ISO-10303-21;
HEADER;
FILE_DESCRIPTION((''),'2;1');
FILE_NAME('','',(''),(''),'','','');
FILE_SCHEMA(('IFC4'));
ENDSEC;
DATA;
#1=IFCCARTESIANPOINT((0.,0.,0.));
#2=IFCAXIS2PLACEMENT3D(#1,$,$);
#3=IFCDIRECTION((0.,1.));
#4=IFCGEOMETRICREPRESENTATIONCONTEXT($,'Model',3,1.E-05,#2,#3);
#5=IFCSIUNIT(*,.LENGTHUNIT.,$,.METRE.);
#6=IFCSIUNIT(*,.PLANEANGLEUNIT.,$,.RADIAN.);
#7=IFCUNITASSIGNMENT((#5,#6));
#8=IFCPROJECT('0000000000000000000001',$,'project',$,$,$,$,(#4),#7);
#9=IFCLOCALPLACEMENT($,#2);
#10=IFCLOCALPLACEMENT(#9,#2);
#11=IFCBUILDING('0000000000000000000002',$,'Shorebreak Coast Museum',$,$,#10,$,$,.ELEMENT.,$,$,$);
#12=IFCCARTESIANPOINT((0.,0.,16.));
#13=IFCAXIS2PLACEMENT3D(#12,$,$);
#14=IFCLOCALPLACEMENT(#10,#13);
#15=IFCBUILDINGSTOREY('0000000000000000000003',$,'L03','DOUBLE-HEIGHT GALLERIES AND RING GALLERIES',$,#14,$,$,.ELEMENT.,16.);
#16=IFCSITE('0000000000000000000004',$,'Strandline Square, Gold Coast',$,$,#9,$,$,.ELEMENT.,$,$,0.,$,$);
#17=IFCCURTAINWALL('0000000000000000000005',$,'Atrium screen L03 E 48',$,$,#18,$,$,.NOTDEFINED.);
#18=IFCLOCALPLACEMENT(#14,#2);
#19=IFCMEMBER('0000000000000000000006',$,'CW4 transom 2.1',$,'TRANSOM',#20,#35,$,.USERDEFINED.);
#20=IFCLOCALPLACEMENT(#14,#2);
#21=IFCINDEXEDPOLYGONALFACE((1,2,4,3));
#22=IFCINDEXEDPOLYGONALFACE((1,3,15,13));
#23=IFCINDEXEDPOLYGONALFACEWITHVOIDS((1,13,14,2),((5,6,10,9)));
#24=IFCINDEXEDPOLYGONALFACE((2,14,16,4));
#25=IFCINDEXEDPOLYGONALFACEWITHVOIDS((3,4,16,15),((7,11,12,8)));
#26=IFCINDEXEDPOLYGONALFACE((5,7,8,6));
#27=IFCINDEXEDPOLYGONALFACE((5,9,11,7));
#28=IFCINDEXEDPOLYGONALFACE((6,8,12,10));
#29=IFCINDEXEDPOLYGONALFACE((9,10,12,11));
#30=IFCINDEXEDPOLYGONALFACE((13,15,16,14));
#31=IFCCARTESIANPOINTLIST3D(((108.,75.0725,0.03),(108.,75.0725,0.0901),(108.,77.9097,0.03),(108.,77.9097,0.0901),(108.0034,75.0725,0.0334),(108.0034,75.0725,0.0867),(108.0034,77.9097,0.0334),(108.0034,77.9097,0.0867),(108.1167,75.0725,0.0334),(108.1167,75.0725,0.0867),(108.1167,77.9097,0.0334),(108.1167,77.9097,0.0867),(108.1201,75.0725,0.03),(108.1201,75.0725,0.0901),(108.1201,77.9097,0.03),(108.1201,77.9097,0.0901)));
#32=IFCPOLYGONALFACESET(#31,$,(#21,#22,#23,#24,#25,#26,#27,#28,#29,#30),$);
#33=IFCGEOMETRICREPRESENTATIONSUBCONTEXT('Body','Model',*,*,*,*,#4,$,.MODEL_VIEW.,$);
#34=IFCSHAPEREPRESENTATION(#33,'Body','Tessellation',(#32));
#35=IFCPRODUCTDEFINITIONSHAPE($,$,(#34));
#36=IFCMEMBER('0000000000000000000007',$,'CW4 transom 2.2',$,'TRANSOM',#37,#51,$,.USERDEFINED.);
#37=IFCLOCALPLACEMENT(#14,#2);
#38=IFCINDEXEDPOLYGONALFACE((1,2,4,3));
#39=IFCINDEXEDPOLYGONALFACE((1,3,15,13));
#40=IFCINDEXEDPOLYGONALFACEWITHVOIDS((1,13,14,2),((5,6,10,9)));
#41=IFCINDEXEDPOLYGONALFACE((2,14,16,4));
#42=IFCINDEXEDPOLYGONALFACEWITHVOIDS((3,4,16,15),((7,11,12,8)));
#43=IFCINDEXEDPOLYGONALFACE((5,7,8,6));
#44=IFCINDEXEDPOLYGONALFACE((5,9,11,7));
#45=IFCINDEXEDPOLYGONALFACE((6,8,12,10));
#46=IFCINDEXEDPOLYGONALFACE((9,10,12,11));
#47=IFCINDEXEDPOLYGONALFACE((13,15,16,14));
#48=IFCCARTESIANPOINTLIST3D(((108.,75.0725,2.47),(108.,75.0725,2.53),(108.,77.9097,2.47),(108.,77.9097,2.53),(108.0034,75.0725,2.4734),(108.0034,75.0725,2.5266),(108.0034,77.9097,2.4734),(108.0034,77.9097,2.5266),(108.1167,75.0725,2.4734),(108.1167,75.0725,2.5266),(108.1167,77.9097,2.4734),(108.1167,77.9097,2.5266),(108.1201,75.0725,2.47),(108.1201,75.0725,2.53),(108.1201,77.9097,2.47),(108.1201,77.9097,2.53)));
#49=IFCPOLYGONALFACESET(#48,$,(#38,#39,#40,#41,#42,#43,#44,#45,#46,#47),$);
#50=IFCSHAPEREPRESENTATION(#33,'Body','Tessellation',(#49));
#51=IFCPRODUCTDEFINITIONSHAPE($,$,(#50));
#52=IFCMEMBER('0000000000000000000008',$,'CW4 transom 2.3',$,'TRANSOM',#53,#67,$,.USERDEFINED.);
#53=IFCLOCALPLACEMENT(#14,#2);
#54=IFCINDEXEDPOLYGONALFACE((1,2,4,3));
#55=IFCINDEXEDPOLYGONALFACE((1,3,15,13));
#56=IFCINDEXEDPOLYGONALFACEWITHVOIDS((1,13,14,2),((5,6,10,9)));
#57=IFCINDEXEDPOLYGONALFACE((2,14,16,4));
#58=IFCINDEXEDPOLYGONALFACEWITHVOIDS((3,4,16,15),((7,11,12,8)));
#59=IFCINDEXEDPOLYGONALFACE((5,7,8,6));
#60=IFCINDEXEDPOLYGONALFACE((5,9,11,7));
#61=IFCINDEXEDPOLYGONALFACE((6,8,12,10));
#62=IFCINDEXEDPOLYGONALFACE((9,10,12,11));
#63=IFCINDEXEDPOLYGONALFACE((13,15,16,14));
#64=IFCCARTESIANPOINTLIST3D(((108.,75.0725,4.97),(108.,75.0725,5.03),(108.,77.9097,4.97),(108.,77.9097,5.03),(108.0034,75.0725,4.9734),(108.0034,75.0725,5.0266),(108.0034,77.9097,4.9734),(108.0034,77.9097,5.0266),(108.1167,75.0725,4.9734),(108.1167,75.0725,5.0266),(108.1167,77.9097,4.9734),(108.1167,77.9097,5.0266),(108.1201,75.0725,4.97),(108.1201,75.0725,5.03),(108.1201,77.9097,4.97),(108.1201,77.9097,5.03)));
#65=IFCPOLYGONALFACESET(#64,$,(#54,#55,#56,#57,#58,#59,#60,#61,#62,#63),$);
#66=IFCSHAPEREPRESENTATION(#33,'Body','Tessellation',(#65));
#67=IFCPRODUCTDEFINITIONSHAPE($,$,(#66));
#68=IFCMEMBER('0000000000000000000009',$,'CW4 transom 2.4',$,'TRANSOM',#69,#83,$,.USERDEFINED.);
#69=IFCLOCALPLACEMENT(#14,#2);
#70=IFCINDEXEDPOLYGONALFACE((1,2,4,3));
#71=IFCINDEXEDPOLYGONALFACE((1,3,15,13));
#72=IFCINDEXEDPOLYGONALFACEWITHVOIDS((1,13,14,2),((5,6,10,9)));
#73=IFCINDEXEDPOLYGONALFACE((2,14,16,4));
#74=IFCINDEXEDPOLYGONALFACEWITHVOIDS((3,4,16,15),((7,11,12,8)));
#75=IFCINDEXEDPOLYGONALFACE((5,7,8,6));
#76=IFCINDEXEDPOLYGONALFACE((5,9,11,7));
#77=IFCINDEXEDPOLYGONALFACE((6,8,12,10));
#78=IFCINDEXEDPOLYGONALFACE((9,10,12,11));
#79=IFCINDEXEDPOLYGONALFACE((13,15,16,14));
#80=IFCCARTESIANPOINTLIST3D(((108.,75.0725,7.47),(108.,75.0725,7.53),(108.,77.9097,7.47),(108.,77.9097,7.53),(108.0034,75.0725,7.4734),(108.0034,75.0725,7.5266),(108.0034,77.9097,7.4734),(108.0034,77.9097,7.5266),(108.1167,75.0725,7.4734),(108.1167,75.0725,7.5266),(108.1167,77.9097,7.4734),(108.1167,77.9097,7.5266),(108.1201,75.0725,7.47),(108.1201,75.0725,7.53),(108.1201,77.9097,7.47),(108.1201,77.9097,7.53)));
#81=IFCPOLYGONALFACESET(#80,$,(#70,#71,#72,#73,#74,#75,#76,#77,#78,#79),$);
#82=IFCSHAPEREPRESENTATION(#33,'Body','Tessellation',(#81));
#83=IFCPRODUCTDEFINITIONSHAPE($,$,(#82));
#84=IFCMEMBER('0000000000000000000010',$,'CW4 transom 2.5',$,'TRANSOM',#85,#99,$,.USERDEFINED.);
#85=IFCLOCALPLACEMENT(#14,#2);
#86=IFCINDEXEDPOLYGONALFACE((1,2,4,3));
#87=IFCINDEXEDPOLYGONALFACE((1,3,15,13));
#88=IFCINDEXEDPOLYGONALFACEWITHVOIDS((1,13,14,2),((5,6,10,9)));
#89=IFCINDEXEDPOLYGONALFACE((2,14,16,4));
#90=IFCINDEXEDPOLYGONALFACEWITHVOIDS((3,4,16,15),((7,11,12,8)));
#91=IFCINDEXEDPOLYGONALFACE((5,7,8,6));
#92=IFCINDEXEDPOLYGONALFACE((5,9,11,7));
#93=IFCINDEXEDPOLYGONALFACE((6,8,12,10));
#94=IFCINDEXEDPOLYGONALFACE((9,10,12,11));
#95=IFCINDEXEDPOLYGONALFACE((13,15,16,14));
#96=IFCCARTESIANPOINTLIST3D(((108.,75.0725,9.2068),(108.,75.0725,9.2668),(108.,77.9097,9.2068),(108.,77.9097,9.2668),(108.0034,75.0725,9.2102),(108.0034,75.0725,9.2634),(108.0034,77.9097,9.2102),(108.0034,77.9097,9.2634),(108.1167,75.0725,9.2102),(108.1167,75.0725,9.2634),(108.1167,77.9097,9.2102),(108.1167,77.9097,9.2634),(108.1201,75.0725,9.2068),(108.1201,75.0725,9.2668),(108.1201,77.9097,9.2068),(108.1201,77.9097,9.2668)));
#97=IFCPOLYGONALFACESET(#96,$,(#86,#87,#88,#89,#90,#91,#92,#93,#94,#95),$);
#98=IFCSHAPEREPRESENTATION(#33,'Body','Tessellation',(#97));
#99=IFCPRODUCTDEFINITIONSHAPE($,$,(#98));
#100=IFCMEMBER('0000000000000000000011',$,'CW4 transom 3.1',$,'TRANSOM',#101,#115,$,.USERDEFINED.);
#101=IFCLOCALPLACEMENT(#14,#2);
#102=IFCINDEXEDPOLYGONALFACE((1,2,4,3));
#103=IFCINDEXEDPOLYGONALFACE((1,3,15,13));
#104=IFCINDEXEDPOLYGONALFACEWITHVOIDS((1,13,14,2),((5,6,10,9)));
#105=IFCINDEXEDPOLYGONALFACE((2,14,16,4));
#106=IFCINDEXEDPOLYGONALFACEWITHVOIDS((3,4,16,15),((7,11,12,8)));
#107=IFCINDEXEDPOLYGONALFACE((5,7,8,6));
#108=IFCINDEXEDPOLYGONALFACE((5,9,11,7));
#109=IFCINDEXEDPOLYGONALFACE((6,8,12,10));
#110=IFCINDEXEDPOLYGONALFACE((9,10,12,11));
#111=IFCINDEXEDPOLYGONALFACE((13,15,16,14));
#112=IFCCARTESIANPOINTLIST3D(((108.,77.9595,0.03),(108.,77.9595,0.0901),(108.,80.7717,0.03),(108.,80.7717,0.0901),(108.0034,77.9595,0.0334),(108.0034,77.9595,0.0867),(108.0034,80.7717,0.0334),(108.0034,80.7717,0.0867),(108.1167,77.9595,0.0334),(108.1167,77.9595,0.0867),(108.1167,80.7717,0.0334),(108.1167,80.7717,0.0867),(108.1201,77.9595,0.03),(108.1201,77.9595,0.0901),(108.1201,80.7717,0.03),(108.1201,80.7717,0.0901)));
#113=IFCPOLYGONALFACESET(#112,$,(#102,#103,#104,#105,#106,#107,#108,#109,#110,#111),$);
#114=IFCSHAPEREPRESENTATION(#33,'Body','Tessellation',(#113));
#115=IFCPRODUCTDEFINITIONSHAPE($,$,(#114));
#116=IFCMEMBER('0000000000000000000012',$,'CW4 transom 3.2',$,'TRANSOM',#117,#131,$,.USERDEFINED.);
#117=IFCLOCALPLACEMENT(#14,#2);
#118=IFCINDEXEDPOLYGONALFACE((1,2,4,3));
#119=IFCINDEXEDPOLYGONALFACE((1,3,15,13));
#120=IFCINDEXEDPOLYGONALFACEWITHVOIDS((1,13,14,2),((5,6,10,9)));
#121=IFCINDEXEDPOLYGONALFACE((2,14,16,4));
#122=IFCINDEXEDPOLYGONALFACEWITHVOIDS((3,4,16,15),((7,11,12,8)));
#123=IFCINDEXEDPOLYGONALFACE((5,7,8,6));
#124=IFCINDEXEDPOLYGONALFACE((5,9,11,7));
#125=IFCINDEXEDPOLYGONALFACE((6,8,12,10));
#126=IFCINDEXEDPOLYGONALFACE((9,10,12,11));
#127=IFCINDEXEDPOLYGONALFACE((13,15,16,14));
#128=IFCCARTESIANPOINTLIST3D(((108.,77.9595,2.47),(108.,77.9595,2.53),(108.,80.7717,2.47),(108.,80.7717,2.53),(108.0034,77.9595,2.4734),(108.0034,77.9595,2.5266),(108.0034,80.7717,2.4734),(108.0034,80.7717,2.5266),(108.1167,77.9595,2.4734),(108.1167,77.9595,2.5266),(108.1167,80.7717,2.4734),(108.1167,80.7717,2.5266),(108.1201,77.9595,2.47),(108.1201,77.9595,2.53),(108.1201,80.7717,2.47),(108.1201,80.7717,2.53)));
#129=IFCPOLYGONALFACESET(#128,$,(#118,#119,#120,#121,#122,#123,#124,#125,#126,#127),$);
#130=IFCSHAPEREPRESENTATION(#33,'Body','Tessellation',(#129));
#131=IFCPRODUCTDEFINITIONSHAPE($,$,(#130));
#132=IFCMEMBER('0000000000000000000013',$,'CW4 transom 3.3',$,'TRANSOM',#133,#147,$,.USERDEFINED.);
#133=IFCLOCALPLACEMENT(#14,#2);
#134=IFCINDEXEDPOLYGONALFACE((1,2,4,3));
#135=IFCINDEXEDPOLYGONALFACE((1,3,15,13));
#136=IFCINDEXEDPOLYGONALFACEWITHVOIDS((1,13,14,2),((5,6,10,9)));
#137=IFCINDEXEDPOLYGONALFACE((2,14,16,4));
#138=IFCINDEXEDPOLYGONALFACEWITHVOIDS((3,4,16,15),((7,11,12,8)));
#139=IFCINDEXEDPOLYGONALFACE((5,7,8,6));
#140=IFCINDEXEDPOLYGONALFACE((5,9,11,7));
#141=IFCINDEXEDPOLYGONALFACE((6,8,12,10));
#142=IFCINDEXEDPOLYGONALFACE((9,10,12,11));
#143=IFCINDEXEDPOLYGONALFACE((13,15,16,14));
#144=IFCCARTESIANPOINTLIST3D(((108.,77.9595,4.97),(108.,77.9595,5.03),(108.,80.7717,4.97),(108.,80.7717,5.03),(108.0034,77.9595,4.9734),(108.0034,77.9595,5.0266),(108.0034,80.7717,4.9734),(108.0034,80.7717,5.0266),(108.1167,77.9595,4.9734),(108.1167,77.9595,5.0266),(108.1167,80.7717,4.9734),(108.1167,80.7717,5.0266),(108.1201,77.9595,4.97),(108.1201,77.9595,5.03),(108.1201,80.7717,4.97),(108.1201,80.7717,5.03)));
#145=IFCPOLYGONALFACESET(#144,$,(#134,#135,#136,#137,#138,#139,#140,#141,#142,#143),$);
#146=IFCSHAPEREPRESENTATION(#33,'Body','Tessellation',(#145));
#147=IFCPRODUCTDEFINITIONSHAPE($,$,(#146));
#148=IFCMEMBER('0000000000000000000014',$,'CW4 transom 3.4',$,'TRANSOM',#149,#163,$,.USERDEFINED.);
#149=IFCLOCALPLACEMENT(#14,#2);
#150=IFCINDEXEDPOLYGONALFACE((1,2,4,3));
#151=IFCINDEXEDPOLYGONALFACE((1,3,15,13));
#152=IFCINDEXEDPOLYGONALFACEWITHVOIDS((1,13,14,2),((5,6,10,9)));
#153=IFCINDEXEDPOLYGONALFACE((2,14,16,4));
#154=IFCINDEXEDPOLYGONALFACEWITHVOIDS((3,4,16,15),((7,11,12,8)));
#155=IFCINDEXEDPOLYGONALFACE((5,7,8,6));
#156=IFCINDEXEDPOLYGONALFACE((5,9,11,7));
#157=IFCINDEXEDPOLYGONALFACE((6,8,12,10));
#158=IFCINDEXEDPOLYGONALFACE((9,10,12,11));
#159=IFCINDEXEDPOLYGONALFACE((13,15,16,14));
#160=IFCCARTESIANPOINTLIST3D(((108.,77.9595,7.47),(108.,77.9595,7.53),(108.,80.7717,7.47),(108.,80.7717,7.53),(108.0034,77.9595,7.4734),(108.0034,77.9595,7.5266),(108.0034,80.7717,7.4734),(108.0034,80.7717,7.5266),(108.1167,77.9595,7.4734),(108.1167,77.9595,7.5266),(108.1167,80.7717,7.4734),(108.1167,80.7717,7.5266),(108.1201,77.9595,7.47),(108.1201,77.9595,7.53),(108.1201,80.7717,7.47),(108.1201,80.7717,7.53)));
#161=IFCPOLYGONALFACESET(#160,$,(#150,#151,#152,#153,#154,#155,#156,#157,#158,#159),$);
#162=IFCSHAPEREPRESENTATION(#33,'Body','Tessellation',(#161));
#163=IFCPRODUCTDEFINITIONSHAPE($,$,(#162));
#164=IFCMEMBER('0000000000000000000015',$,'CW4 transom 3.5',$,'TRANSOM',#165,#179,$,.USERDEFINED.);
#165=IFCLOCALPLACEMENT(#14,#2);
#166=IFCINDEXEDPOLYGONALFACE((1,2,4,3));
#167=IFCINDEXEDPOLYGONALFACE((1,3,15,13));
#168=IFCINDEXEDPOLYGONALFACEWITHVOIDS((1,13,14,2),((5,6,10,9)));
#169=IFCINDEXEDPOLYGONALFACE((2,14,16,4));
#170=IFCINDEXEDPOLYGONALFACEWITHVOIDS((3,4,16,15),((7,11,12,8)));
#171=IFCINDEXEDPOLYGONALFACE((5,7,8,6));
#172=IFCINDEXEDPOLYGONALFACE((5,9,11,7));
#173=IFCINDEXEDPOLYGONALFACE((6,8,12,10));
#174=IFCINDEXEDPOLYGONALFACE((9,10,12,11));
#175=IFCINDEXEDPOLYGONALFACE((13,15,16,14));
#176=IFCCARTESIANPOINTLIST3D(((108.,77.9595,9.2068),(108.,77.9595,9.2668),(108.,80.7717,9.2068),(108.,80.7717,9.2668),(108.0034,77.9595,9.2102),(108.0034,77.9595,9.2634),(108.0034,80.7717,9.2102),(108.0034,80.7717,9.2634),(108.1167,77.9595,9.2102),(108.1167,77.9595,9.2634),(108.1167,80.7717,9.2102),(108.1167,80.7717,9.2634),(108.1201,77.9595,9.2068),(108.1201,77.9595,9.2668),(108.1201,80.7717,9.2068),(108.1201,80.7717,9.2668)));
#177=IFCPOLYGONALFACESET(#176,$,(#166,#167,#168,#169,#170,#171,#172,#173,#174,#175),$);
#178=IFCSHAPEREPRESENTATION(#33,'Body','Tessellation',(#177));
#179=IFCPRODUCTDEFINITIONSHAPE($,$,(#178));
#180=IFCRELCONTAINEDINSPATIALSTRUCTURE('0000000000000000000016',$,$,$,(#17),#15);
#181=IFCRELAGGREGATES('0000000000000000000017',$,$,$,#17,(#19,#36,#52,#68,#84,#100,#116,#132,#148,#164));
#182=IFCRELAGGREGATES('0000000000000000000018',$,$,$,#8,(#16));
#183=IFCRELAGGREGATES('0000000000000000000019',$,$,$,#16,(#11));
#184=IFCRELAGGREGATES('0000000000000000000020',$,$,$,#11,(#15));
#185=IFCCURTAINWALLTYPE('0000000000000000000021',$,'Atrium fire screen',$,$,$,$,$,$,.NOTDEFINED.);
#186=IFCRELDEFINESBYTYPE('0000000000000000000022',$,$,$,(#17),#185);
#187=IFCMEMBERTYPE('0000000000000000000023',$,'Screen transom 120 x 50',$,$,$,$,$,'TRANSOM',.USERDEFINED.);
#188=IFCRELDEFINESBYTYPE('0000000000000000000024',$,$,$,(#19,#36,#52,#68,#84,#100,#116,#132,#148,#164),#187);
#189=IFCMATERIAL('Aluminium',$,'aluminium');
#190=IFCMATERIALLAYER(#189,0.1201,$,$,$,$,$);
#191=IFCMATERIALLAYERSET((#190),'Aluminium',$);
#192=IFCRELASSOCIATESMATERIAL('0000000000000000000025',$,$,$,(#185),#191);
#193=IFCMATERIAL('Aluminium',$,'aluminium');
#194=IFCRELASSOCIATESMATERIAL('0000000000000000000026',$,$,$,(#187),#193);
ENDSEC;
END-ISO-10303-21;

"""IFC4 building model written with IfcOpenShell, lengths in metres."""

from ifc_helpers import new_model, si_unit, direction, frame, origin, origin_2d, place, context, subcontext, project, spatial, hollow_rectangle, extrude, material, layer, layer_set, material_profile, profile_set, type_object, element, aggregate, save


model = new_model("IFC4")

# Units and contexts
model_context = context("Model", 3, precision=1e-05, world=origin(), true_north=direction((0.0, 1.0)))
body_context = subcontext(model_context, "Body", "Model", "MODEL_VIEW")
ifc_project = project(units=[si_unit("LENGTHUNIT", "METRE"), si_unit("PLANEANGLEUNIT", "RADIAN")], contexts=[model_context])

# Site, building, storey
site_placement = place(None, origin())
site = spatial("IfcSite", under=ifc_project, at=site_placement, Name="Strandline Square, Gold Coast", CompositionType="ELEMENT", RefElevation=0.0)
building_placement = place(site_placement, origin())
building = spatial("IfcBuilding", under=site, at=building_placement, Name="Shorebreak Coast Museum", CompositionType="ELEMENT")
storey_placement = place(building_placement, frame((0.0, 0.0, 16.0)))
storey = spatial("IfcBuildingStorey", under=building, at=storey_placement, Name="L03", Description="DOUBLE-HEIGHT GALLERIES AND RING GALLERIES", CompositionType="ELEMENT", Elevation=16.0)

# Curtain wall, members
ifc_material_1 = material(Name="Aluminium", Category="aluminium")
ifc_layer_1 = layer(ifc_material_1, 0.1201)
ifc_layer_set_1 = layer_set([ifc_layer_1], Name="Aluminium")
curtain_wall_type = type_object("IfcCurtainWallType", Name="Atrium fire screen", PredefinedType="NOTDEFINED", material=ifc_layer_set_1)
curtain_wall_placement = place(storey_placement, origin())
curtain_wall = element("IfcCurtainWall", 1, at=curtain_wall_placement, inside=storey, type_object=curtain_wall_type, Name="Atrium screen L03 E 48", PredefinedType="NOTDEFINED")
ifc_material_2 = material(Name="Aluminium", Category="aluminium")
ifc_material_profile_1 = material_profile(ifc_material_2, hollow_rectangle(XDim=0.1201, YDim=0.0601, WallThickness=0.0034, at=origin_2d()), Name="AL 60x120 RHS")
ifc_profile_set_1 = profile_set([ifc_material_profile_1], Name="Aluminium")
member_type_1 = type_object("IfcMemberType", Name="Screen transom 120 x 50", ElementType="TRANSOM", PredefinedType="USERDEFINED", material=ifc_profile_set_1)
member_1_placement = place(storey_placement, frame((108.0601, 75.0725, 0.0601), z_axis=(0.0, 1.0, 0.0), x_axis=(-1.0, 0.0, 0.0)))
member_1 = element("IfcMember", 2, at=member_1_placement, type_object=member_type_1, Name="CW4 transom 2.1", ObjectType="TRANSOM", PredefinedType="USERDEFINED", context=body_context, shape_type="SweptSolid", body=[
    extrude(hollow_rectangle(XDim=0.1201, YDim=0.0601, WallThickness=0.0034, at=origin_2d()), origin(), (0.0, 0.0, 1.0), 2.8372),
])
member_2_placement = place(storey_placement, frame((108.0601, 75.0725, 2.5), z_axis=(0.0, 1.0, 0.0), x_axis=(-1.0, 0.0, 0.0)))
member_2 = element("IfcMember", 3, at=member_2_placement, type_object=member_type_1, Name="CW4 transom 2.2", ObjectType="TRANSOM", PredefinedType="USERDEFINED", context=body_context, shape_type="SweptSolid", body=[
    extrude(hollow_rectangle(XDim=0.1201, YDim=0.0601, WallThickness=0.0034, at=origin_2d()), origin(), (0.0, 0.0, 1.0), 2.8372),
])
member_3_placement = place(storey_placement, frame((108.0601, 75.0725, 5.0), z_axis=(0.0, 1.0, 0.0), x_axis=(-1.0, 0.0, 0.0)))
member_3 = element("IfcMember", 4, at=member_3_placement, type_object=member_type_1, Name="CW4 transom 2.3", ObjectType="TRANSOM", PredefinedType="USERDEFINED", context=body_context, shape_type="SweptSolid", body=[
    extrude(hollow_rectangle(XDim=0.1201, YDim=0.0601, WallThickness=0.0034, at=origin_2d()), origin(), (0.0, 0.0, 1.0), 2.8372),
])
member_4_placement = place(storey_placement, frame((108.0601, 75.0725, 7.5), z_axis=(0.0, 1.0, 0.0), x_axis=(-1.0, 0.0, 0.0)))
member_4 = element("IfcMember", 5, at=member_4_placement, type_object=member_type_1, Name="CW4 transom 2.4", ObjectType="TRANSOM", PredefinedType="USERDEFINED", context=body_context, shape_type="SweptSolid", body=[
    extrude(hollow_rectangle(XDim=0.1201, YDim=0.0601, WallThickness=0.0034, at=origin_2d()), origin(), (0.0, 0.0, 1.0), 2.8372),
])
member_5_placement = place(storey_placement, frame((108.0601, 75.0725, 9.2368), z_axis=(0.0, 1.0, 0.0), x_axis=(-1.0, 0.0, 0.0)))
member_5 = element("IfcMember", 6, at=member_5_placement, type_object=member_type_1, Name="CW4 transom 2.5", ObjectType="TRANSOM", PredefinedType="USERDEFINED", context=body_context, shape_type="SweptSolid", body=[
    extrude(hollow_rectangle(XDim=0.1201, YDim=0.0601, WallThickness=0.0034, at=origin_2d()), origin(), (0.0, 0.0, 1.0), 2.8372),
])
member_6_placement = place(storey_placement, frame((108.0601, 77.9595, 0.0601), z_axis=(0.0, 1.0, 0.0), x_axis=(-1.0, 0.0, 0.0)))
member_6 = element("IfcMember", 7, at=member_6_placement, type_object=member_type_1, Name="CW4 transom 3.1", ObjectType="TRANSOM", PredefinedType="USERDEFINED", context=body_context, shape_type="SweptSolid", body=[
    extrude(hollow_rectangle(XDim=0.1201, YDim=0.0601, WallThickness=0.0034, at=origin_2d()), origin(), (0.0, 0.0, 1.0), 2.8123),
])
member_7_placement = place(storey_placement, frame((108.0601, 77.9595, 2.5), z_axis=(0.0, 1.0, 0.0), x_axis=(-1.0, 0.0, 0.0)))
member_7 = element("IfcMember", 8, at=member_7_placement, type_object=member_type_1, Name="CW4 transom 3.2", ObjectType="TRANSOM", PredefinedType="USERDEFINED", context=body_context, shape_type="SweptSolid", body=[
    extrude(hollow_rectangle(XDim=0.1201, YDim=0.0601, WallThickness=0.0034, at=origin_2d()), origin(), (0.0, 0.0, 1.0), 2.8123),
])
member_8_placement = place(storey_placement, frame((108.0601, 77.9595, 5.0), z_axis=(0.0, 1.0, 0.0), x_axis=(-1.0, 0.0, 0.0)))
member_8 = element("IfcMember", 9, at=member_8_placement, type_object=member_type_1, Name="CW4 transom 3.3", ObjectType="TRANSOM", PredefinedType="USERDEFINED", context=body_context, shape_type="SweptSolid", body=[
    extrude(hollow_rectangle(XDim=0.1201, YDim=0.0601, WallThickness=0.0034, at=origin_2d()), origin(), (0.0, 0.0, 1.0), 2.8123),
])
member_9_placement = place(storey_placement, frame((108.0601, 77.9595, 7.5), z_axis=(0.0, 1.0, 0.0), x_axis=(-1.0, 0.0, 0.0)))
member_9 = element("IfcMember", 10, at=member_9_placement, type_object=member_type_1, Name="CW4 transom 3.4", ObjectType="TRANSOM", PredefinedType="USERDEFINED", context=body_context, shape_type="SweptSolid", body=[
    extrude(hollow_rectangle(XDim=0.1201, YDim=0.0601, WallThickness=0.0034, at=origin_2d()), origin(), (0.0, 0.0, 1.0), 2.8123),
])
member_10_placement = place(storey_placement, frame((108.0601, 77.9595, 9.2368), z_axis=(0.0, 1.0, 0.0), x_axis=(-1.0, 0.0, 0.0)))
member_10 = element("IfcMember", 11, at=member_10_placement, type_object=member_type_1, Name="CW4 transom 3.5", ObjectType="TRANSOM", PredefinedType="USERDEFINED", context=body_context, shape_type="SweptSolid", body=[
    extrude(hollow_rectangle(XDim=0.1201, YDim=0.0601, WallThickness=0.0034, at=origin_2d()), origin(), (0.0, 0.0, 1.0), 2.8123),
])

aggregate(curtain_wall, [member_1, member_2, member_3, member_4, member_5, member_6, member_7, member_8, member_9, member_10])

save(model, "model.ifc")
